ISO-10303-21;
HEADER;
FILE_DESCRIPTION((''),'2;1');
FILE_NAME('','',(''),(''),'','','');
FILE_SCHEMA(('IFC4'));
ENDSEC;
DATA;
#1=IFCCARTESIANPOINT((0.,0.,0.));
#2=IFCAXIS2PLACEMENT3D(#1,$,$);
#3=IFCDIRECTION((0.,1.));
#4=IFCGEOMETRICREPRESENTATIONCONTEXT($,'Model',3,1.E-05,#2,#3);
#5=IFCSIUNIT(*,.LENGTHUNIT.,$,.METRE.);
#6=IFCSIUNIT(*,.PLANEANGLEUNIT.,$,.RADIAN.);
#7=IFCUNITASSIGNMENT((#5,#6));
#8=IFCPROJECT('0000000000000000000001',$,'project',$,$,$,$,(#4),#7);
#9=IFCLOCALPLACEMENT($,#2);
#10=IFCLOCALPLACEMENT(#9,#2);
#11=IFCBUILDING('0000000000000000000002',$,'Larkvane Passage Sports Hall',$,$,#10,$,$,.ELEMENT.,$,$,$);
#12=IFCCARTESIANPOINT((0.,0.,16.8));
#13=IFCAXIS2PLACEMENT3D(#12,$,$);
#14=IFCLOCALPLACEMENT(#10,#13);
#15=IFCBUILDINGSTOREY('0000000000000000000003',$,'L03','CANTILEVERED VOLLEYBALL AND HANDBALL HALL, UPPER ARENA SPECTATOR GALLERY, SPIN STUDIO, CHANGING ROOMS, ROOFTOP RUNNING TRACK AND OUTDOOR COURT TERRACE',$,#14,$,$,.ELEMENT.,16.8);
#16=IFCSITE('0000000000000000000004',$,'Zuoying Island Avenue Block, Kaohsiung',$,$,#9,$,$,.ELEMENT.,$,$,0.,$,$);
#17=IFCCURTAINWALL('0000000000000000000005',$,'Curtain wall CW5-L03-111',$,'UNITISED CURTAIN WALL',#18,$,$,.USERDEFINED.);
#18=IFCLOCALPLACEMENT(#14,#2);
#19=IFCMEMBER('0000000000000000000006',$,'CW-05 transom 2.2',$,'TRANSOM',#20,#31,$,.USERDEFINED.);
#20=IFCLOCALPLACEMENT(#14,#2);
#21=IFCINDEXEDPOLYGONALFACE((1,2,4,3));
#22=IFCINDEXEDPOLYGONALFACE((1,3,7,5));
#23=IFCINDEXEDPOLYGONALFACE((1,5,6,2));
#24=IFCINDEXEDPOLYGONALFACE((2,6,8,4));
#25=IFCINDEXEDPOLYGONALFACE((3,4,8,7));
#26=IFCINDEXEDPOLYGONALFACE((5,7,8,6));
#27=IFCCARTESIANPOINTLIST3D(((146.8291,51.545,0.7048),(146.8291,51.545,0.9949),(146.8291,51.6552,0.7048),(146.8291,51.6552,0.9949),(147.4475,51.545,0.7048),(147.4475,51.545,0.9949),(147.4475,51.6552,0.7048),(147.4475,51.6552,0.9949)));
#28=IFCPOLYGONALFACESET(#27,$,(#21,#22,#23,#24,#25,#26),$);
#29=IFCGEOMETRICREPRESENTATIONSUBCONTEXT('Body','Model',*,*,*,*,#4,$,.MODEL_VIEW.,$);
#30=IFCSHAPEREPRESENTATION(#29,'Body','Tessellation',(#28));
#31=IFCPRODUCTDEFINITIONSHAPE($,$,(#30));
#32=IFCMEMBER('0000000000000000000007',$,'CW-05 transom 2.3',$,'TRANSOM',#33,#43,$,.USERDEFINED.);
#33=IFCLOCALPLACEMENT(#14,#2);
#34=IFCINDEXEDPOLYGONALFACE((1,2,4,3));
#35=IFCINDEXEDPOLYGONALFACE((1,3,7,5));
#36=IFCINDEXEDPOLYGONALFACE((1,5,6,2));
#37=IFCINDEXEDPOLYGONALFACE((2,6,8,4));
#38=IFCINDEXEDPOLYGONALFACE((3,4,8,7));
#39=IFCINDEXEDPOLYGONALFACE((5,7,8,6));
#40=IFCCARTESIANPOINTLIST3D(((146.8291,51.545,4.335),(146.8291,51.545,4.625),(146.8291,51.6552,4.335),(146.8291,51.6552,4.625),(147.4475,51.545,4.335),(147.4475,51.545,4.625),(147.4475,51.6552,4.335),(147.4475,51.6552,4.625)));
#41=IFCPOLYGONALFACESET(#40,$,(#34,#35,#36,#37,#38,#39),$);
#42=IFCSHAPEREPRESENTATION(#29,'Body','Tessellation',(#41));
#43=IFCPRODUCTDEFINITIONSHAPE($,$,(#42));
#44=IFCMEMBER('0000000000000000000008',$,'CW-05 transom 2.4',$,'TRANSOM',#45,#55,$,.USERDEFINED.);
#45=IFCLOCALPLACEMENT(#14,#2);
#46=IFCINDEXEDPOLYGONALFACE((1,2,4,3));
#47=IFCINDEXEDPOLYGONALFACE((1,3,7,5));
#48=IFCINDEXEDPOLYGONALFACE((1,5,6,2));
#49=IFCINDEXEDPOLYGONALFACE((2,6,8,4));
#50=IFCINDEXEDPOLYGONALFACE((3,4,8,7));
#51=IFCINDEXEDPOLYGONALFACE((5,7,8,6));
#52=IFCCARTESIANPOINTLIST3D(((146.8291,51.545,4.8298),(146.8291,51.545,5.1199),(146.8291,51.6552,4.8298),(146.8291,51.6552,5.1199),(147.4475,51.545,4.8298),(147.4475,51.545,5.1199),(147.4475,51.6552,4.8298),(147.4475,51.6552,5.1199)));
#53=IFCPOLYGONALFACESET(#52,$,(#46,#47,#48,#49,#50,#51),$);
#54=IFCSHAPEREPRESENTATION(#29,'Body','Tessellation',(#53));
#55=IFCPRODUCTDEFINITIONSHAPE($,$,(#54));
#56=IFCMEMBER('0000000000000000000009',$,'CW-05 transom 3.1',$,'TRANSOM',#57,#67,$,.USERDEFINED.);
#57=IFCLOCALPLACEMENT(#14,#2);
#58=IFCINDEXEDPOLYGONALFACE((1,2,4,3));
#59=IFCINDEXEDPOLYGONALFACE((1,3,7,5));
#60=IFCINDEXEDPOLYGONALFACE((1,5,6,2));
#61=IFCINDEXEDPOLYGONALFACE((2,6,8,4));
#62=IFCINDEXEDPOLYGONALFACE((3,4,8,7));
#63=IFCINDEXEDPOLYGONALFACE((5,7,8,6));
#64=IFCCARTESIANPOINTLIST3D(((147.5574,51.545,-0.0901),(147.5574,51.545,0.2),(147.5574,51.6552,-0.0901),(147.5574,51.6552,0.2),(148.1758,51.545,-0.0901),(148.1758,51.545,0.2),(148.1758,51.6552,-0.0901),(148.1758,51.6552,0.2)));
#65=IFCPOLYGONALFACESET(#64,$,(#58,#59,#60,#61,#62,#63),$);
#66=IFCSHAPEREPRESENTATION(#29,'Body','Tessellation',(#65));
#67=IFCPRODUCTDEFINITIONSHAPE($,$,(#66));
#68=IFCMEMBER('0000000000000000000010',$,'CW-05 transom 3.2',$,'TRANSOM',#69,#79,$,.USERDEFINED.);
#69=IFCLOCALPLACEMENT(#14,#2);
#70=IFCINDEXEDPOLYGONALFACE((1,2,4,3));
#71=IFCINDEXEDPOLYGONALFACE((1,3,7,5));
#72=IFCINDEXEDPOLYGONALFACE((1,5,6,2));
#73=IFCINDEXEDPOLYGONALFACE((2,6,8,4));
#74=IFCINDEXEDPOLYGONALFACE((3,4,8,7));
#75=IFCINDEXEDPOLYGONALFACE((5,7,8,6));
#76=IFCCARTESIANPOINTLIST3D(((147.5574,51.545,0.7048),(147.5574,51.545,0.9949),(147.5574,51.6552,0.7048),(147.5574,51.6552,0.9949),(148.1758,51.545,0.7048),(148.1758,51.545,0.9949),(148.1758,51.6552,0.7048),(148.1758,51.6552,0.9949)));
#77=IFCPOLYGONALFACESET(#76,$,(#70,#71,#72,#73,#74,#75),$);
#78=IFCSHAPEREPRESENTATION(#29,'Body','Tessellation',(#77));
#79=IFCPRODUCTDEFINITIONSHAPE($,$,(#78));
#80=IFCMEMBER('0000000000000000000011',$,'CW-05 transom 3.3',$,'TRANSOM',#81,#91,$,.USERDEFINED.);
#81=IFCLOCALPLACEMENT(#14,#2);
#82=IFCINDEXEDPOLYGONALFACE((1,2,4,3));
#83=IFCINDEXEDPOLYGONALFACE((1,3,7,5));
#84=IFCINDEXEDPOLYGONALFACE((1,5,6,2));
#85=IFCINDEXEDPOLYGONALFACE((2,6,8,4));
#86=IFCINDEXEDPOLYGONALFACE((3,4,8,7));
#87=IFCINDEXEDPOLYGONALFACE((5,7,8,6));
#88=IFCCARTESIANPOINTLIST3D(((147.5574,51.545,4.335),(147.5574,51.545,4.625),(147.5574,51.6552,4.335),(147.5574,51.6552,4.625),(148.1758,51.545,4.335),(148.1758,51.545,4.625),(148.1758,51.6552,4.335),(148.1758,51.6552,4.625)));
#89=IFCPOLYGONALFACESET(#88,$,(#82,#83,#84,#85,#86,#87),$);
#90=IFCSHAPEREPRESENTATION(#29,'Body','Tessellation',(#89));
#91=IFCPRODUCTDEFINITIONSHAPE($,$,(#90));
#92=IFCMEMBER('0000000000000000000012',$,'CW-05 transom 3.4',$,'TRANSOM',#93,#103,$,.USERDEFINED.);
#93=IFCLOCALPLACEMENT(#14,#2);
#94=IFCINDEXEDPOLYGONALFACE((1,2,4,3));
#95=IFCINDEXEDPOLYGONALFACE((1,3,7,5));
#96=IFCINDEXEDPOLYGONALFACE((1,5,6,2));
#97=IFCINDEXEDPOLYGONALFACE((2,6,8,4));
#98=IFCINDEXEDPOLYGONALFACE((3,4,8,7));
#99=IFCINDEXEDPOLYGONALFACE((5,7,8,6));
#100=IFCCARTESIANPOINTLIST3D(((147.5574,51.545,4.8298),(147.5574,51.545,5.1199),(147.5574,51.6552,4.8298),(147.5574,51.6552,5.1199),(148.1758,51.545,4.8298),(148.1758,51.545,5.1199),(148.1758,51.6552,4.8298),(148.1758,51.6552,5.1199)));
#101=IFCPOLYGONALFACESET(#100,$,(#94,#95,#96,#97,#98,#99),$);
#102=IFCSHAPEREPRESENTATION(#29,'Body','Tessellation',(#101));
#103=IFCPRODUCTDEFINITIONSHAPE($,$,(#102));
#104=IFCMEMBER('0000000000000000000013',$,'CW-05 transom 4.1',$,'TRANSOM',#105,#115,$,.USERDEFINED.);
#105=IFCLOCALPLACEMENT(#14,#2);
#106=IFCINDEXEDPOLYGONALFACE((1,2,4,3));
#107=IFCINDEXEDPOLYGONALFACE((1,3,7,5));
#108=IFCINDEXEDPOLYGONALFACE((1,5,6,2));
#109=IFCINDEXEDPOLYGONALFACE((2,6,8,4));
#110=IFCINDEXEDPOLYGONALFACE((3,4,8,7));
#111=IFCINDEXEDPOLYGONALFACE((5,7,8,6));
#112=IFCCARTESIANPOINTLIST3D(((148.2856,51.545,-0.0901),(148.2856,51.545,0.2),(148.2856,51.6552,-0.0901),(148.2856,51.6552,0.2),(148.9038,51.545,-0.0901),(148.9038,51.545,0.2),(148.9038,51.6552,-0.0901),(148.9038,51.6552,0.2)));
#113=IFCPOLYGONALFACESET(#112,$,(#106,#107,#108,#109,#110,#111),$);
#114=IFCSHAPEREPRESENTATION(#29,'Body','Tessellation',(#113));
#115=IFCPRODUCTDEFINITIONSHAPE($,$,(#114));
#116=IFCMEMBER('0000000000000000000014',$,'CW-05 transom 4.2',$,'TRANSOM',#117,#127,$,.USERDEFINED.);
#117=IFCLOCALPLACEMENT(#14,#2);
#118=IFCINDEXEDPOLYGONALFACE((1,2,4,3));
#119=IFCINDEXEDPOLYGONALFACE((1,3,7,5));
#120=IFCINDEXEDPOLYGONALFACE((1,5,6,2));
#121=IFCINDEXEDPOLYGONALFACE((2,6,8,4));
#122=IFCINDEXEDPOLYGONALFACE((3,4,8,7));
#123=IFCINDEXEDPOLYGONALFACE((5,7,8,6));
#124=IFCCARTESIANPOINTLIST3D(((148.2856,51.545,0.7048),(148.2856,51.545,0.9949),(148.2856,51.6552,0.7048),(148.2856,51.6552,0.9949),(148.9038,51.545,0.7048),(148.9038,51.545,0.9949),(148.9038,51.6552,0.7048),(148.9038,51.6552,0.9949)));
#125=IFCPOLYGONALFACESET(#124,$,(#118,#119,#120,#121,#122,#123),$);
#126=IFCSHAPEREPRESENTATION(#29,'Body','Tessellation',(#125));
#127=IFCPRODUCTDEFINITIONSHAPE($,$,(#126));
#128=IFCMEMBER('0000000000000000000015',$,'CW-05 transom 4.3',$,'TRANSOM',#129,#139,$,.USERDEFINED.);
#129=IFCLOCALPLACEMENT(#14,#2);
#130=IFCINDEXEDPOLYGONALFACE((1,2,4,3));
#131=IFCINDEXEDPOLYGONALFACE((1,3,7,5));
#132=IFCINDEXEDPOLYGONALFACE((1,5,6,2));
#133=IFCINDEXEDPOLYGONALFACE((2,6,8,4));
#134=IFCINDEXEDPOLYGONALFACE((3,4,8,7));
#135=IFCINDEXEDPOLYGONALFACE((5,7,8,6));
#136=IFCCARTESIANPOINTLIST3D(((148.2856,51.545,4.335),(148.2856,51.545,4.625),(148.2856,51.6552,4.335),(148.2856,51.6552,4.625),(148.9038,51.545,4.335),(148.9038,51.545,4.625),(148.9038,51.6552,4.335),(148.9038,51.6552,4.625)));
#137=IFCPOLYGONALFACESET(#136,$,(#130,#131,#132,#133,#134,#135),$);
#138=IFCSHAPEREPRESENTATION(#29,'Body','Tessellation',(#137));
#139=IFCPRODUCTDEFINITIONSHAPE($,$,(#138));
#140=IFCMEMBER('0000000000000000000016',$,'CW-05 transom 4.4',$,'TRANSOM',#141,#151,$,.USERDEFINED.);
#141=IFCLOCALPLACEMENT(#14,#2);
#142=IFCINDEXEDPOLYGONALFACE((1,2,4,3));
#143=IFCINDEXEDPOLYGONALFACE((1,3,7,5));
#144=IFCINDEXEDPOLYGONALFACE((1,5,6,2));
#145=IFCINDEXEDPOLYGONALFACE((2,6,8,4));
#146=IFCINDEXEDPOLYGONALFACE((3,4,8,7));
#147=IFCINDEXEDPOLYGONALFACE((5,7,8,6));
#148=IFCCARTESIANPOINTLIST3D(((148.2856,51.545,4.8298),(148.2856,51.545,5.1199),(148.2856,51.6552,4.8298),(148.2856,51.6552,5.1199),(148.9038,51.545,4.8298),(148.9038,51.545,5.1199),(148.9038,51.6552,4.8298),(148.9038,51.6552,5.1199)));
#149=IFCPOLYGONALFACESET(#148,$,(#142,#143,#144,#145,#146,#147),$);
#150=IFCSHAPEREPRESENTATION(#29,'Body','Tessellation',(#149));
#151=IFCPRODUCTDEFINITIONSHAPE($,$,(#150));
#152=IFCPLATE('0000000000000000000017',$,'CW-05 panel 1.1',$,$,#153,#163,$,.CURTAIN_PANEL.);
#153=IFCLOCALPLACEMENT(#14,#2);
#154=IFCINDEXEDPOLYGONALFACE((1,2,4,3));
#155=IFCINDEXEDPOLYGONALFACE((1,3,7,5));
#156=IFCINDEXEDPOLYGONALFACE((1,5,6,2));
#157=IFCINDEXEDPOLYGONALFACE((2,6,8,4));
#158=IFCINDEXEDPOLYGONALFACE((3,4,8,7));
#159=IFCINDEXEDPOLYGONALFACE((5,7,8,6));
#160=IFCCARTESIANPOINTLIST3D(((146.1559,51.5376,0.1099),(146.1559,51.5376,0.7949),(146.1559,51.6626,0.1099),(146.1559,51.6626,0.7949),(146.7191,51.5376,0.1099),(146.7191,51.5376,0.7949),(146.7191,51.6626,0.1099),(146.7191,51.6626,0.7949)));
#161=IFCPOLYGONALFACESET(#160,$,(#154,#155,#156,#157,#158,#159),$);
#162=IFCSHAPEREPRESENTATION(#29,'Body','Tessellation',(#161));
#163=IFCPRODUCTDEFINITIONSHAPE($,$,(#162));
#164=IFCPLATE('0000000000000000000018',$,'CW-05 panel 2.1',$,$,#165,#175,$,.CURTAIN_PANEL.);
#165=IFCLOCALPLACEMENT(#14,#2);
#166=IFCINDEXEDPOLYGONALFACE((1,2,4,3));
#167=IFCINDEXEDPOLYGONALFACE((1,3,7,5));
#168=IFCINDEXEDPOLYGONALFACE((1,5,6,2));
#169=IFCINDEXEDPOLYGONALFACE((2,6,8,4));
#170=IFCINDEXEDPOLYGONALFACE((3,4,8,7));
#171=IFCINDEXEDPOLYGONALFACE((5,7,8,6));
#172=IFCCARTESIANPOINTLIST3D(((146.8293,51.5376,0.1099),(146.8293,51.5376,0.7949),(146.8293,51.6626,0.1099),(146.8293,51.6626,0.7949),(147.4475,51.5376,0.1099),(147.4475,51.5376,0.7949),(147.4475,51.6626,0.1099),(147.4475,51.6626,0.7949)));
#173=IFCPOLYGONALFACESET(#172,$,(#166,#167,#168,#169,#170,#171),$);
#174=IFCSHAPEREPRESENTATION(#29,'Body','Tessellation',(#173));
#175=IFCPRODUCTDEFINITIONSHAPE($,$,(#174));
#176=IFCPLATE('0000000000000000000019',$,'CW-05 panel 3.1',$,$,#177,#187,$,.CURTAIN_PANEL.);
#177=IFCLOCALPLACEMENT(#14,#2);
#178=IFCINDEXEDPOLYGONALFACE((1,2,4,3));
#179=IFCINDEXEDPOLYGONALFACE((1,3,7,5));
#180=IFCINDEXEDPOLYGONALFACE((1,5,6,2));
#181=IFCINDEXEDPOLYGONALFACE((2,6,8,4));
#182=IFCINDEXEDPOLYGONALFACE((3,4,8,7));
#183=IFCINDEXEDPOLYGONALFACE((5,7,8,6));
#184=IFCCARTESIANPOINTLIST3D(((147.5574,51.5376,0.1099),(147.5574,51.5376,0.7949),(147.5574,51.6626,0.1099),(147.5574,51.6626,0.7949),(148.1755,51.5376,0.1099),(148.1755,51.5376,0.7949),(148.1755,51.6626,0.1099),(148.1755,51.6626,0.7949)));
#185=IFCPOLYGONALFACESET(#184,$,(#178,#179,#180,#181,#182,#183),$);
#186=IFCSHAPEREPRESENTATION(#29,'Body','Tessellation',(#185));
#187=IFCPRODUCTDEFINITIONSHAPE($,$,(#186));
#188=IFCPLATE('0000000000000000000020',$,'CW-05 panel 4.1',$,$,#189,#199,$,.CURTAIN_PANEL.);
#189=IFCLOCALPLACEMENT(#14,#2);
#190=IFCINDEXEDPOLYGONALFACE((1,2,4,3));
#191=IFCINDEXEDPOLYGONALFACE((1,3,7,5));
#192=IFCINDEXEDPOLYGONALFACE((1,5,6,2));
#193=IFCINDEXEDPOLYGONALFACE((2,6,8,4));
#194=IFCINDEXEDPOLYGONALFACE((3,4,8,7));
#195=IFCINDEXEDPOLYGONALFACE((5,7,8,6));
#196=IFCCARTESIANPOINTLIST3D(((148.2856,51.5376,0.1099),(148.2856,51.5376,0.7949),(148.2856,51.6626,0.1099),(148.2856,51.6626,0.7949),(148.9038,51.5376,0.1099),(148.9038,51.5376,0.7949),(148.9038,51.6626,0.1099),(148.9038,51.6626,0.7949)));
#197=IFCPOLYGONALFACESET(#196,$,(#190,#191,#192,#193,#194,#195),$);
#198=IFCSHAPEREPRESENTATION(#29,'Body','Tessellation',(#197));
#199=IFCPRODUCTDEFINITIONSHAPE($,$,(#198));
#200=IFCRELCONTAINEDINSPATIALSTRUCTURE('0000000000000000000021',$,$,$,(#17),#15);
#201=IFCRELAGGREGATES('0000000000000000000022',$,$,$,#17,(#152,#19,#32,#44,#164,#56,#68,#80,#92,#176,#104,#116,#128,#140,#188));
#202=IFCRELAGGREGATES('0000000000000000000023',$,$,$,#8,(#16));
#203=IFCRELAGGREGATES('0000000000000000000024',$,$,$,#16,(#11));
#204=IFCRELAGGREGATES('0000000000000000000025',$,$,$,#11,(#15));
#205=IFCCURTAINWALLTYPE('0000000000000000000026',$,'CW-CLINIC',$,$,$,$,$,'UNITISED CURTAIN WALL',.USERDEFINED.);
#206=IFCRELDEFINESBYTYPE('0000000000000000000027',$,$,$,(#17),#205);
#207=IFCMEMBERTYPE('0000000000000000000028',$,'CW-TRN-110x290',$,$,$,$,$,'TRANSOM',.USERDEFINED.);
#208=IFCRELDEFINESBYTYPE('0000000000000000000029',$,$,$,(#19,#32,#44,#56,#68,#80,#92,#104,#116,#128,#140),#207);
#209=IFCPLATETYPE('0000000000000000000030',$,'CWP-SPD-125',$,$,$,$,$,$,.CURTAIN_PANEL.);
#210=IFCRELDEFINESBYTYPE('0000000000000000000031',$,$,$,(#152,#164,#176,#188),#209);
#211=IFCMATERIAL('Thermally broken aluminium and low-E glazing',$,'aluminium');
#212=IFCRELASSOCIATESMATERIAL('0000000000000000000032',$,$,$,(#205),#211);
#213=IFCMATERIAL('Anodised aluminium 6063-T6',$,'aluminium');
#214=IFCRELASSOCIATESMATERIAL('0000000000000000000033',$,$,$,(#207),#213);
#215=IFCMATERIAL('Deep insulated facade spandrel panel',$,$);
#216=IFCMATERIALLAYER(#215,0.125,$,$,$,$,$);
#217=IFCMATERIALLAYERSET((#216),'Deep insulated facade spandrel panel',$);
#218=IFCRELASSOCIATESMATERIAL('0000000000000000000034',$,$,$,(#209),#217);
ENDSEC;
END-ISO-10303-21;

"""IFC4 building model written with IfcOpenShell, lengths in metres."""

from ifc_helpers import new_model, si_unit, direction, frame, origin, origin_2d, place, context, subcontext, project, spatial, rectangle, extrude, material, layer, layer_set, material_profile, profile_set, type_object, element, aggregate, save


model = new_model("IFC4")

# Units and contexts
model_context = context("Model", 3, precision=1e-05, world=origin(), true_north=direction((0.0, 1.0)))
body_context = subcontext(model_context, "Body", "Model", "MODEL_VIEW")
ifc_project = project(units=[si_unit("LENGTHUNIT", "METRE"), si_unit("PLANEANGLEUNIT", "RADIAN")], contexts=[model_context])

# Site, building, storey
site_placement = place(None, origin())
site = spatial("IfcSite", under=ifc_project, at=site_placement, Name="Zuoying Island Avenue Block, Kaohsiung", CompositionType="ELEMENT", RefElevation=0.0)
building_placement = place(site_placement, origin())
building = spatial("IfcBuilding", under=site, at=building_placement, Name="Larkvane Passage Sports Hall", CompositionType="ELEMENT")
storey_placement = place(building_placement, frame((0.0, 0.0, 16.8)))
storey = spatial("IfcBuildingStorey", under=building, at=storey_placement, Name="L03", Description="CANTILEVERED VOLLEYBALL AND HANDBALL HALL, UPPER ARENA SPECTATOR GALLERY, SPIN STUDIO, CHANGING ROOMS, ROOFTOP RUNNING TRACK AND OUTDOOR COURT TERRACE", CompositionType="ELEMENT", Elevation=16.8)

# Curtain wall, members, plates
ifc_material_1 = material(Name="Thermally broken aluminium and low-E glazing", Category="aluminium")
curtain_wall_type = type_object("IfcCurtainWallType", Name="CW-CLINIC", ElementType="UNITISED CURTAIN WALL", PredefinedType="USERDEFINED", material=ifc_material_1)
curtain_wall_placement = place(storey_placement, origin())
curtain_wall = element("IfcCurtainWall", 1, at=curtain_wall_placement, inside=storey, type_object=curtain_wall_type, Name="Curtain wall CW5-L03-111", ObjectType="UNITISED CURTAIN WALL", PredefinedType="USERDEFINED")
ifc_material_2 = material(Name="Anodised aluminium 6063-T6", Category="aluminium")
ifc_material_profile_1 = material_profile(ifc_material_2, rectangle(XDim=0.1101, YDim=0.29, at=origin_2d()), Name="ALU-TRN-110x290")
ifc_profile_set_1 = profile_set([ifc_material_profile_1], Name="Anodised aluminium 6063-T6")
member_type_1 = type_object("IfcMemberType", Name="CW-TRN-110x290", ElementType="TRANSOM", PredefinedType="USERDEFINED", material=ifc_profile_set_1)
member_1_placement = place(storey_placement, frame((146.8291, 51.6001, 0.8499), z_axis=(1.0, 0.0, 0.0), x_axis=(0.0, 1.0, 0.0)))
member_1 = element("IfcMember", 2, at=member_1_placement, type_object=member_type_1, Name="CW-05 transom 2.2", ObjectType="TRANSOM", PredefinedType="USERDEFINED", context=body_context, shape_type="SweptSolid", body=[
    extrude(rectangle(XDim=0.1101, YDim=0.29, at=origin_2d()), origin(), (0.0, 0.0, 1.0), 0.6184),
])
member_2_placement = place(storey_placement, frame((146.8291, 51.6001, 4.48), z_axis=(1.0, 0.0, 0.0), x_axis=(0.0, 1.0, 0.0)))
member_2 = element("IfcMember", 3, at=member_2_placement, type_object=member_type_1, Name="CW-05 transom 2.3", ObjectType="TRANSOM", PredefinedType="USERDEFINED", context=body_context, shape_type="SweptSolid", body=[
    extrude(rectangle(XDim=0.1101, YDim=0.29, at=origin_2d()), origin(), (0.0, 0.0, 1.0), 0.6184),
])
member_3_placement = place(storey_placement, frame((146.8291, 51.6001, 4.9749), z_axis=(1.0, 0.0, 0.0), x_axis=(0.0, 1.0, 0.0)))
member_3 = element("IfcMember", 4, at=member_3_placement, type_object=member_type_1, Name="CW-05 transom 2.4", ObjectType="TRANSOM", PredefinedType="USERDEFINED", context=body_context, shape_type="SweptSolid", body=[
    extrude(rectangle(XDim=0.1101, YDim=0.29, at=origin_2d()), origin(), (0.0, 0.0, 1.0), 0.6184),
])
member_4_placement = place(storey_placement, frame((147.5574, 51.6001, 0.0549), z_axis=(1.0, 0.0, 0.0), x_axis=(0.0, 1.0, 0.0)))
member_4 = element("IfcMember", 5, at=member_4_placement, type_object=member_type_1, Name="CW-05 transom 3.1", ObjectType="TRANSOM", PredefinedType="USERDEFINED", context=body_context, shape_type="SweptSolid", body=[
    extrude(rectangle(XDim=0.1101, YDim=0.29, at=origin_2d()), origin(), (0.0, 0.0, 1.0), 0.6184),
])
member_5_placement = place(storey_placement, frame((147.5574, 51.6001, 0.8499), z_axis=(1.0, 0.0, 0.0), x_axis=(0.0, 1.0, 0.0)))
member_5 = element("IfcMember", 6, at=member_5_placement, type_object=member_type_1, Name="CW-05 transom 3.2", ObjectType="TRANSOM", PredefinedType="USERDEFINED", context=body_context, shape_type="SweptSolid", body=[
    extrude(rectangle(XDim=0.1101, YDim=0.29, at=origin_2d()), origin(), (0.0, 0.0, 1.0), 0.6184),
])
member_6_placement = place(storey_placement, frame((147.5574, 51.6001, 4.48), z_axis=(1.0, 0.0, 0.0), x_axis=(0.0, 1.0, 0.0)))
member_6 = element("IfcMember", 7, at=member_6_placement, type_object=member_type_1, Name="CW-05 transom 3.3", ObjectType="TRANSOM", PredefinedType="USERDEFINED", context=body_context, shape_type="SweptSolid", body=[
    extrude(rectangle(XDim=0.1101, YDim=0.29, at=origin_2d()), origin(), (0.0, 0.0, 1.0), 0.6184),
])
member_7_placement = place(storey_placement, frame((147.5574, 51.6001, 4.9749), z_axis=(1.0, 0.0, 0.0), x_axis=(0.0, 1.0, 0.0)))
member_7 = element("IfcMember", 8, at=member_7_placement, type_object=member_type_1, Name="CW-05 transom 3.4", ObjectType="TRANSOM", PredefinedType="USERDEFINED", context=body_context, shape_type="SweptSolid", body=[
    extrude(rectangle(XDim=0.1101, YDim=0.29, at=origin_2d()), origin(), (0.0, 0.0, 1.0), 0.6184),
])
member_8_placement = place(storey_placement, frame((148.2856, 51.6001, 0.0549), z_axis=(1.0, 0.0, 0.0), x_axis=(0.0, 1.0, 0.0)))
member_8 = element("IfcMember", 9, at=member_8_placement, type_object=member_type_1, Name="CW-05 transom 4.1", ObjectType="TRANSOM", PredefinedType="USERDEFINED", context=body_context, shape_type="SweptSolid", body=[
    extrude(rectangle(XDim=0.1101, YDim=0.29, at=origin_2d()), origin(), (0.0, 0.0, 1.0), 0.6182),
])
member_9_placement = place(storey_placement, frame((148.2856, 51.6001, 0.8499), z_axis=(1.0, 0.0, 0.0), x_axis=(0.0, 1.0, 0.0)))
member_9 = element("IfcMember", 10, at=member_9_placement, type_object=member_type_1, Name="CW-05 transom 4.2", ObjectType="TRANSOM", PredefinedType="USERDEFINED", context=body_context, shape_type="SweptSolid", body=[
    extrude(rectangle(XDim=0.1101, YDim=0.29, at=origin_2d()), origin(), (0.0, 0.0, 1.0), 0.6182),
])
member_10_placement = place(storey_placement, frame((148.2856, 51.6001, 4.48), z_axis=(1.0, 0.0, 0.0), x_axis=(0.0, 1.0, 0.0)))
member_10 = element("IfcMember", 11, at=member_10_placement, type_object=member_type_1, Name="CW-05 transom 4.3", ObjectType="TRANSOM", PredefinedType="USERDEFINED", context=body_context, shape_type="SweptSolid", body=[
    extrude(rectangle(XDim=0.1101, YDim=0.29, at=origin_2d()), origin(), (0.0, 0.0, 1.0), 0.6182),
])
member_11_placement = place(storey_placement, frame((148.2856, 51.6001, 4.9749), z_axis=(1.0, 0.0, 0.0), x_axis=(0.0, 1.0, 0.0)))
member_11 = element("IfcMember", 12, at=member_11_placement, type_object=member_type_1, Name="CW-05 transom 4.4", ObjectType="TRANSOM", PredefinedType="USERDEFINED", context=body_context, shape_type="SweptSolid", body=[
    extrude(rectangle(XDim=0.1101, YDim=0.29, at=origin_2d()), origin(), (0.0, 0.0, 1.0), 0.6182),
])
ifc_material_3 = material(Name="Deep insulated facade spandrel panel")
ifc_layer_1 = layer(ifc_material_3, 0.125)
ifc_layer_set_1 = layer_set([ifc_layer_1], Name="Deep insulated facade spandrel panel")
plate_type_1 = type_object("IfcPlateType", Name="CWP-SPD-125", PredefinedType="CURTAIN_PANEL", material=ifc_layer_set_1)
plate_1_placement = place(storey_placement, frame((146.4375, 51.6001, 0.1099), z_axis=(0.0, 0.0, 1.0), x_axis=(1.0, 0.0, 0.0)))
plate_1 = element("IfcPlate", 13, at=plate_1_placement, type_object=plate_type_1, Name="CW-05 panel 1.1", PredefinedType="CURTAIN_PANEL", context=body_context, shape_type="SweptSolid", body=[
    extrude(rectangle(XDim=0.5632, YDim=0.125, at=origin_2d()), origin(), (0.0, 0.0, 1.0), 0.6851),
])
plate_2_placement = place(storey_placement, frame((147.1384, 51.6001, 0.1099), z_axis=(0.0, 0.0, 1.0), x_axis=(1.0, 0.0, 0.0)))
plate_2 = element("IfcPlate", 14, at=plate_2_placement, type_object=plate_type_1, Name="CW-05 panel 2.1", PredefinedType="CURTAIN_PANEL", context=body_context, shape_type="SweptSolid", body=[
    extrude(rectangle(XDim=0.6182, YDim=0.125, at=origin_2d()), origin(), (0.0, 0.0, 1.0), 0.6851),
])
plate_3_placement = place(storey_placement, frame((147.8665, 51.6001, 0.1099), z_axis=(0.0, 0.0, 1.0), x_axis=(1.0, 0.0, 0.0)))
plate_3 = element("IfcPlate", 15, at=plate_3_placement, type_object=plate_type_1, Name="CW-05 panel 3.1", PredefinedType="CURTAIN_PANEL", context=body_context, shape_type="SweptSolid", body=[
    extrude(rectangle(XDim=0.6182, YDim=0.125, at=origin_2d()), origin(), (0.0, 0.0, 1.0), 0.6851),
])
plate_4_placement = place(storey_placement, frame((148.5947, 51.6001, 0.1099), z_axis=(0.0, 0.0, 1.0), x_axis=(1.0, 0.0, 0.0)))
plate_4 = element("IfcPlate", 16, at=plate_4_placement, type_object=plate_type_1, Name="CW-05 panel 4.1", PredefinedType="CURTAIN_PANEL", context=body_context, shape_type="SweptSolid", body=[
    extrude(rectangle(XDim=0.6182, YDim=0.125, at=origin_2d()), origin(), (0.0, 0.0, 1.0), 0.6851),
])
aggregate(curtain_wall, [plate_1, member_1, member_2, member_3, plate_2, member_4, member_5, member_6, member_7, plate_3, member_8, member_9, member_10, member_11, plate_4])

save(model, "model.ifc")
